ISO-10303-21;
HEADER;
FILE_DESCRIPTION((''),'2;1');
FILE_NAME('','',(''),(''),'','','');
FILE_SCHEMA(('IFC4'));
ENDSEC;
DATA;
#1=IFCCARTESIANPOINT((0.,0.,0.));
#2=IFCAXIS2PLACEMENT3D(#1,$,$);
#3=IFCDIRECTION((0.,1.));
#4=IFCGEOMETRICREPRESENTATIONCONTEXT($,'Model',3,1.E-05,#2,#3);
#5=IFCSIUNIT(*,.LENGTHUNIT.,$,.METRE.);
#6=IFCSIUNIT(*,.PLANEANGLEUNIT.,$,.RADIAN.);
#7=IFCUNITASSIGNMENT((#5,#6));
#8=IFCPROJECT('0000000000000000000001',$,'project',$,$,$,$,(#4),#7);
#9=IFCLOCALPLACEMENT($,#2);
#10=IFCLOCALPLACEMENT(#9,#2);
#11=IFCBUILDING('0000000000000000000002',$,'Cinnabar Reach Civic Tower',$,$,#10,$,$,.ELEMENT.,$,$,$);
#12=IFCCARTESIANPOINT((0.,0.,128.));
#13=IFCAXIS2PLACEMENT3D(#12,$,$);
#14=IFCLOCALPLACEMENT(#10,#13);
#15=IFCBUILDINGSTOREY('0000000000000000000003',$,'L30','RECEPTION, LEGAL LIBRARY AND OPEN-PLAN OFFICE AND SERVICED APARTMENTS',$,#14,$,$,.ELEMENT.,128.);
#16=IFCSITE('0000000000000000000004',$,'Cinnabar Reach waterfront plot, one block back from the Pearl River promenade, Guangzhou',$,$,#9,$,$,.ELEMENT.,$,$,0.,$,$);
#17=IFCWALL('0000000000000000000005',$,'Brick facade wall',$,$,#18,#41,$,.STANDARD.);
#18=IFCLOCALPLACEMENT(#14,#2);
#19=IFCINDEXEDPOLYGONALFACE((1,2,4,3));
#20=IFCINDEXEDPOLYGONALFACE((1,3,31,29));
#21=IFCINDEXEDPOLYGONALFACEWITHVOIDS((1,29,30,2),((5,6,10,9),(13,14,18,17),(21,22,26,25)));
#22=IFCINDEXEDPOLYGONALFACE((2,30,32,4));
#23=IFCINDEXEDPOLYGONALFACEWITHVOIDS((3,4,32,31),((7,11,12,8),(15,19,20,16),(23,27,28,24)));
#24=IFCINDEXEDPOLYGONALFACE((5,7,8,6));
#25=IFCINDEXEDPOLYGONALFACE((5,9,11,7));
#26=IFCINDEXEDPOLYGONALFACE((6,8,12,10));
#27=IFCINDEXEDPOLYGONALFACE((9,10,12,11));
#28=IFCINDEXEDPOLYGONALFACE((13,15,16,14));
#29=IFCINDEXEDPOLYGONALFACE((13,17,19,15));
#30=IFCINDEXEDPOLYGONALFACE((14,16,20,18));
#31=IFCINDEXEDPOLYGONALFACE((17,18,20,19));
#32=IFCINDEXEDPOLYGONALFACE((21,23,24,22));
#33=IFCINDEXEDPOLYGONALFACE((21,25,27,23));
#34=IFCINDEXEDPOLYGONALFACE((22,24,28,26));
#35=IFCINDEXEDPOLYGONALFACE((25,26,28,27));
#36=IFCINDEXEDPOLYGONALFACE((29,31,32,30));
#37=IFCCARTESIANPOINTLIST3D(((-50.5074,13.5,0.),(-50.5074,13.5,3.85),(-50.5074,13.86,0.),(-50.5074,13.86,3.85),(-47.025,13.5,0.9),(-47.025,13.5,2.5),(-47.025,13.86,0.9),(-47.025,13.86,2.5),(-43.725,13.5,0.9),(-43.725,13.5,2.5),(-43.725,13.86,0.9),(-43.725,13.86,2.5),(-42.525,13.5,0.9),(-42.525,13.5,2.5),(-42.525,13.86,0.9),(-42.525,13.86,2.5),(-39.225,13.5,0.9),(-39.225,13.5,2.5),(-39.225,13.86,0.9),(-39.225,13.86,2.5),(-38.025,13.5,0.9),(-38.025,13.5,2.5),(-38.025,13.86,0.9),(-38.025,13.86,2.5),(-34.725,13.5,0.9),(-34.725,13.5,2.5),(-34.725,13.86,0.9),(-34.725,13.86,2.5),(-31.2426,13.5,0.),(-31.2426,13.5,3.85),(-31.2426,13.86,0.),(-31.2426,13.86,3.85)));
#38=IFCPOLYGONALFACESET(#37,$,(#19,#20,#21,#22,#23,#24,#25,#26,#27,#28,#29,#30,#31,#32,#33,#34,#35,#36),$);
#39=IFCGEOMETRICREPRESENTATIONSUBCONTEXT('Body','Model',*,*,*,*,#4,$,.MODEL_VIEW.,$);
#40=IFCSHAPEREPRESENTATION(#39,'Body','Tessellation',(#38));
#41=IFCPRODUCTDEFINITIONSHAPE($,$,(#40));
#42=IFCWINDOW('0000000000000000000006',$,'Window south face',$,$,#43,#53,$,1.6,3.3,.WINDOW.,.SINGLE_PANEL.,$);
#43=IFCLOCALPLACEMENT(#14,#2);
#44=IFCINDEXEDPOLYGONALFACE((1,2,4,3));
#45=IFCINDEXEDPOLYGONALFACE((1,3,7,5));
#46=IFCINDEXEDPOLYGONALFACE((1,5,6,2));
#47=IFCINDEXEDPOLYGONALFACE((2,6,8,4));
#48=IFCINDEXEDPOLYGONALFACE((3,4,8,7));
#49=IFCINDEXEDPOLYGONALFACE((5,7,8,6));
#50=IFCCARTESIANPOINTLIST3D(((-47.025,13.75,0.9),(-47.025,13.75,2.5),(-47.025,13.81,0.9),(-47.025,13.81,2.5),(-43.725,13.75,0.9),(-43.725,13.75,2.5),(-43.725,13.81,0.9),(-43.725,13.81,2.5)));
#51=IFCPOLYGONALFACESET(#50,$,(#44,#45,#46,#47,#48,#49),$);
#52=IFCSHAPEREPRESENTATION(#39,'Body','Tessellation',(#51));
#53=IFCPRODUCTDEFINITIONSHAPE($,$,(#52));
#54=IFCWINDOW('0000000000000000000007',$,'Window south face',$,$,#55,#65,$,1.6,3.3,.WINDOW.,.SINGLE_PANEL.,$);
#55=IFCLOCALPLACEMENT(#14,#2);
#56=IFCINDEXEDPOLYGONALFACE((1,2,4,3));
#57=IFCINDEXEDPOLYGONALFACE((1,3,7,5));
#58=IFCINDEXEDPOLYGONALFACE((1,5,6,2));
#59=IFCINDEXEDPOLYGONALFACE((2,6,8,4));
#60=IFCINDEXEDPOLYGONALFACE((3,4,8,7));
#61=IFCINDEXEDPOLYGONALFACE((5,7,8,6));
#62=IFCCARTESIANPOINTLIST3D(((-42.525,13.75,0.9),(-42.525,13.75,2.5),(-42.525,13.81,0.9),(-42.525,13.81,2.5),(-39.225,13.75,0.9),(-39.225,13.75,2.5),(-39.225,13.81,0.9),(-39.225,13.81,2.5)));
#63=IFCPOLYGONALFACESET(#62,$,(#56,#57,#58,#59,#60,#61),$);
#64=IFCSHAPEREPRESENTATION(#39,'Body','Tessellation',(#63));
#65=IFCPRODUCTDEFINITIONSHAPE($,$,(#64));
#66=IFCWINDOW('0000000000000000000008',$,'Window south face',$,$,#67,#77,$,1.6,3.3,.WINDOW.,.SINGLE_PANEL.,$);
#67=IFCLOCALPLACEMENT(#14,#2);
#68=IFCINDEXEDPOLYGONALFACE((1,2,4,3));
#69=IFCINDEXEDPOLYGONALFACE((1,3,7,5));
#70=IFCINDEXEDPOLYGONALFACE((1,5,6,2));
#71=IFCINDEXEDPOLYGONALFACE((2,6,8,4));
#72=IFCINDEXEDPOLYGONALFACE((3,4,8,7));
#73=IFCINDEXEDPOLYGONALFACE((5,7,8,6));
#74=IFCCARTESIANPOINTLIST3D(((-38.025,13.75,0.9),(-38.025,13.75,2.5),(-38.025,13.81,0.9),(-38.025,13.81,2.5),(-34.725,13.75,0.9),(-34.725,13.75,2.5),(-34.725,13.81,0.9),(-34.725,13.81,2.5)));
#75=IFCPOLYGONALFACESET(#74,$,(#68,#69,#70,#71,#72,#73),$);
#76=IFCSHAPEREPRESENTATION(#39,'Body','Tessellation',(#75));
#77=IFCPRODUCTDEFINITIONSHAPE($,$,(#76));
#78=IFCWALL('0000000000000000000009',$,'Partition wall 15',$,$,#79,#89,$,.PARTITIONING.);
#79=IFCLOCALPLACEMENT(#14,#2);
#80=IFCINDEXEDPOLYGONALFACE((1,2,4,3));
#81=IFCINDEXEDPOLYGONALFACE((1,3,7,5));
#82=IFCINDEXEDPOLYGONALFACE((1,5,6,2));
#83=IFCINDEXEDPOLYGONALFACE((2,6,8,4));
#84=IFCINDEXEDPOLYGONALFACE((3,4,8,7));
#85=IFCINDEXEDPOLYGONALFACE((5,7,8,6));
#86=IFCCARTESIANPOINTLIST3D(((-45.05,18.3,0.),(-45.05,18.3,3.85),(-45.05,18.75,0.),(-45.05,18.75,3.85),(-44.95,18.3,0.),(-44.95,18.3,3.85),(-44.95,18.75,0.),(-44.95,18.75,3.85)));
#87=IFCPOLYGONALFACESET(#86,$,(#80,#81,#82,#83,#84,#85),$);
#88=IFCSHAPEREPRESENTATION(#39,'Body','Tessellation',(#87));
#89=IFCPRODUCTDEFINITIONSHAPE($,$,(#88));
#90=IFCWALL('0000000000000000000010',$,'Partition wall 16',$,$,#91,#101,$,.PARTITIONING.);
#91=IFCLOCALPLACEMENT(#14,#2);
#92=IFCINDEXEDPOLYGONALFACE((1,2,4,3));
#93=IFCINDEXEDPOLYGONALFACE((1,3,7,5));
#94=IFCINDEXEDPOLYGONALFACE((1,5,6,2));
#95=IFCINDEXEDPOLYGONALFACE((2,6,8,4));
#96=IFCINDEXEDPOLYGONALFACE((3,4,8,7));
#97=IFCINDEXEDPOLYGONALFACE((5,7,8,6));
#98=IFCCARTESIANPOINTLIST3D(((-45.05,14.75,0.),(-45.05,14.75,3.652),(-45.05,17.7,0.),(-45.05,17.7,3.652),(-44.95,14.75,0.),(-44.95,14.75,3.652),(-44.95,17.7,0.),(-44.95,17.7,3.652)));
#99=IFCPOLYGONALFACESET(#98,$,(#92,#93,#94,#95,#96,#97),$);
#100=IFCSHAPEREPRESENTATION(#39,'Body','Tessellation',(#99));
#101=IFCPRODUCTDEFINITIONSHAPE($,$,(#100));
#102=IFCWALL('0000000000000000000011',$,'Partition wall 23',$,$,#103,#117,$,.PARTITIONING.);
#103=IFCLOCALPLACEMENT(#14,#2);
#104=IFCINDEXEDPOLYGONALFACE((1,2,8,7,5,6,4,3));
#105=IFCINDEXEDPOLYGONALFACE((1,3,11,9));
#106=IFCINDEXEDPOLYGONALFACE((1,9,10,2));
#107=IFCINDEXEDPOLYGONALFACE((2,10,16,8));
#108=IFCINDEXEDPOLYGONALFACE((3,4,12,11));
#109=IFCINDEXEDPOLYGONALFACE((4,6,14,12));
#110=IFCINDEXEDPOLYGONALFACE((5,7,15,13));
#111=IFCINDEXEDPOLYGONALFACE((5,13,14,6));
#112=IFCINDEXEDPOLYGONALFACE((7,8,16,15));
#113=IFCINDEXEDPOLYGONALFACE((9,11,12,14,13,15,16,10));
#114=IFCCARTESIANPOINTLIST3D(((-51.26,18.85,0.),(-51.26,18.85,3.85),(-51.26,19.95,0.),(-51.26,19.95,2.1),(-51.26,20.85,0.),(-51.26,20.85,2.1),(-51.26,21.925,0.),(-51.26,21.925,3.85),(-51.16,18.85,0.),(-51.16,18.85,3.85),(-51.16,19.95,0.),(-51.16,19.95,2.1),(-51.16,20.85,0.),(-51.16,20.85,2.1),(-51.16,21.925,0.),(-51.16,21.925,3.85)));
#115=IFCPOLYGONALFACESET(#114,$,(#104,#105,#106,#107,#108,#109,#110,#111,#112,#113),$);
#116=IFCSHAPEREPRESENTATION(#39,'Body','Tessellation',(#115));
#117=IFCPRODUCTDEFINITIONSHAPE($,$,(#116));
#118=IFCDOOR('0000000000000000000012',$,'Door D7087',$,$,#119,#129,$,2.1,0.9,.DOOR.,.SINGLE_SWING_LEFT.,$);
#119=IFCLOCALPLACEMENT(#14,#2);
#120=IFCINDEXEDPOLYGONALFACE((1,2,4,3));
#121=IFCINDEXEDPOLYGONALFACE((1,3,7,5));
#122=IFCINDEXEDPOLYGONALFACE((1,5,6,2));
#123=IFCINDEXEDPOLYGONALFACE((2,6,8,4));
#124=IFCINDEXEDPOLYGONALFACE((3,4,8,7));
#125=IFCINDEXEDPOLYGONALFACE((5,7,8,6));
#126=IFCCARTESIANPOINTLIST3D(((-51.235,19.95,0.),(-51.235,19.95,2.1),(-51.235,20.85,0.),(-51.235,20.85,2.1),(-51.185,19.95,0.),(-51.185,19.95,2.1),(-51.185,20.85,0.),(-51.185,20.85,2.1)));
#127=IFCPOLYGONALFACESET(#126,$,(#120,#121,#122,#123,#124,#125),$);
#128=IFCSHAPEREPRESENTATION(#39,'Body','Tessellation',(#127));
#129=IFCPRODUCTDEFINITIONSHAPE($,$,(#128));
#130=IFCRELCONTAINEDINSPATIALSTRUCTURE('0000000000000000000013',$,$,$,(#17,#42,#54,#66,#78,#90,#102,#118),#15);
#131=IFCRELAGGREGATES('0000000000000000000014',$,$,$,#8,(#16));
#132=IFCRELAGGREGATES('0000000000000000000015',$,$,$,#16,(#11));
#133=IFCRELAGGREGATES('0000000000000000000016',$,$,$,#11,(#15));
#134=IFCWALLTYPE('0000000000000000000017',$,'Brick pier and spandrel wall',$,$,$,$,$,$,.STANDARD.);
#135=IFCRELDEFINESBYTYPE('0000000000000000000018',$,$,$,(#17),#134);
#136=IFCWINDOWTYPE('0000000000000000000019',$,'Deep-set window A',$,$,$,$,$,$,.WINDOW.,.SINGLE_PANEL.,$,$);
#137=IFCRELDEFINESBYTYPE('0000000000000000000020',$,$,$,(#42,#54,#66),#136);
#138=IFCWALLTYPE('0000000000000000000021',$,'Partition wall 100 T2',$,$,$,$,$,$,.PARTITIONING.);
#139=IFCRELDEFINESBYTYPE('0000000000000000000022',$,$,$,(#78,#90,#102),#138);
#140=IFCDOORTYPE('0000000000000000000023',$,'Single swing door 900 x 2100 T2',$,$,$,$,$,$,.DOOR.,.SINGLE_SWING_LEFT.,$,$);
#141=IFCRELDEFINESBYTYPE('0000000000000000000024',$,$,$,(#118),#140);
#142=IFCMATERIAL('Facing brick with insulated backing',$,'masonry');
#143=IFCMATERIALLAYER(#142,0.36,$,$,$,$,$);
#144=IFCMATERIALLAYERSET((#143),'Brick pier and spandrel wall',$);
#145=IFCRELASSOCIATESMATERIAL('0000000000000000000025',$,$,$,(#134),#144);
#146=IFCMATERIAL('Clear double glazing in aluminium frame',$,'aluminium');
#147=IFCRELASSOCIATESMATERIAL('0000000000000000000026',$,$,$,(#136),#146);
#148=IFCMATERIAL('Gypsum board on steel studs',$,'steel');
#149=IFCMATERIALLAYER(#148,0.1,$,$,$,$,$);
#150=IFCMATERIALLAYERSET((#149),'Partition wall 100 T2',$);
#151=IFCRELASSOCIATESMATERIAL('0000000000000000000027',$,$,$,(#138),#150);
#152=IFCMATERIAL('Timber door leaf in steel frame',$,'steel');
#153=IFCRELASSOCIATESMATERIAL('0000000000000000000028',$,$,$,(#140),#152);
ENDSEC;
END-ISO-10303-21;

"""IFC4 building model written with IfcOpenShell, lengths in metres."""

from ifc_helpers import new_model, si_unit, direction, frame, frame_2d, origin, place, context, subcontext, project, spatial, rectangle, extrude, material, layer, layer_set, type_object, element, fill, save


model = new_model("IFC4")

# Units and contexts
model_context = context("Model", 3, precision=1e-05, world=origin(), true_north=direction((0.0, 1.0)))
body_context = subcontext(model_context, "Body", "Model", "MODEL_VIEW")
ifc_project = project(units=[si_unit("LENGTHUNIT", "METRE"), si_unit("PLANEANGLEUNIT", "RADIAN")], contexts=[model_context])

# Site, building, storey
site_placement = place(None, origin())
site = spatial("IfcSite", under=ifc_project, at=site_placement, Name="Cinnabar Reach waterfront plot, one block back from the Pearl River promenade, Guangzhou", CompositionType="ELEMENT", RefElevation=0.0)
building_placement = place(site_placement, origin())
building = spatial("IfcBuilding", under=site, at=building_placement, Name="Cinnabar Reach Civic Tower", CompositionType="ELEMENT")
storey_placement = place(building_placement, frame((0.0, 0.0, 128.0)))
storey = spatial("IfcBuildingStorey", under=building, at=storey_placement, Name="L30", Description="RECEPTION, LEGAL LIBRARY AND OPEN-PLAN OFFICE AND SERVICED APARTMENTS", CompositionType="ELEMENT", Elevation=128.0)

# Shared definitions
ifc_material_1 = material(Name="Facing brick with insulated backing", Category="masonry")

# Wall, openings, windows
ifc_layer_1 = layer(ifc_material_1, 0.36)
ifc_layer_set_1 = layer_set([ifc_layer_1], Name="Brick pier and spandrel wall")
wall_type_1 = type_object("IfcWallType", Name="Brick pier and spandrel wall", PredefinedType="STANDARD", material=ifc_layer_set_1)
wall_1_placement = place(storey_placement, frame((-50.5074, 13.68, 0.0), z_axis=(0.0, 0.0, 1.0), x_axis=(1.0, 0.0, 0.0)))
wall_1 = element("IfcWall", 1, at=wall_1_placement, inside=storey, type_object=wall_type_1, Name="Brick facade wall", PredefinedType="STANDARD", context=body_context, shape_type="SweptSolid", body=[
    extrude(rectangle(XDim=19.2648, YDim=0.36, at=frame_2d((9.6324, 0.0))), origin(), (0.0, 0.0, 1.0), 3.85),
])
opening_1_placement = place(wall_1_placement, frame((3.4824, 0.0, 0.9)))
opening_1 = element("IfcOpeningElement", 2, at=opening_1_placement, cuts=wall_1, PredefinedType="OPENING", context=body_context, shape_type="SweptSolid", body=[
    extrude(rectangle(XDim=3.3, YDim=1.6, at=frame_2d((1.65, 0.8))), frame((0.0, 0.19, 0.0), z_axis=(0.0, -1.0, 0.0), x_axis=(1.0, 0.0, 0.0)), (0.0, 0.0, 1.0), 0.38),
])
opening_2_placement = place(wall_1_placement, frame((7.9824, 0.0, 0.9)))
opening_2 = element("IfcOpeningElement", 3, at=opening_2_placement, cuts=wall_1, PredefinedType="OPENING", context=body_context, shape_type="SweptSolid", body=[
    extrude(rectangle(XDim=3.3, YDim=1.6, at=frame_2d((1.65, 0.8))), frame((0.0, 0.19, 0.0), z_axis=(0.0, -1.0, 0.0), x_axis=(1.0, 0.0, 0.0)), (0.0, 0.0, 1.0), 0.38),
])
opening_3_placement = place(wall_1_placement, frame((12.4824, 0.0, 0.9)))
opening_3 = element("IfcOpeningElement", 4, at=opening_3_placement, cuts=wall_1, PredefinedType="OPENING", context=body_context, shape_type="SweptSolid", body=[
    extrude(rectangle(XDim=3.3, YDim=1.6, at=frame_2d((1.65, 0.8))), frame((0.0, 0.19, 0.0), z_axis=(0.0, -1.0, 0.0), x_axis=(1.0, 0.0, 0.0)), (0.0, 0.0, 1.0), 0.38),
])
ifc_material_2 = material(Name="Clear double glazing in aluminium frame", Category="aluminium")
window_type = type_object("IfcWindowType", Name="Deep-set window A", PartitioningType="SINGLE_PANEL", PredefinedType="WINDOW", material=ifc_material_2)
window_1_placement = place(opening_1_placement, origin())
window_1 = element("IfcWindow", 5, at=window_1_placement, inside=storey, type_object=window_type, Name="Window south face", OverallHeight=1.6, OverallWidth=3.3, PartitioningType="SINGLE_PANEL", PredefinedType="WINDOW", context=body_context, shape_type="SweptSolid", body=[
    extrude(rectangle(XDim=3.3, YDim=1.6, at=frame_2d((1.65, 0.8))), frame((0.0, 0.13, 0.0), z_axis=(0.0, -1.0, 0.0), x_axis=(1.0, 0.0, 0.0)), (0.0, 0.0, 1.0), 0.06),
])
fill(opening_1, window_1)
window_2_placement = place(opening_2_placement, origin())
window_2 = element("IfcWindow", 6, at=window_2_placement, inside=storey, type_object=window_type, Name="Window south face", OverallHeight=1.6, OverallWidth=3.3, PartitioningType="SINGLE_PANEL", PredefinedType="WINDOW", context=body_context, shape_type="SweptSolid", body=[
    extrude(rectangle(XDim=3.3, YDim=1.6, at=frame_2d((1.65, 0.8))), frame((0.0, 0.13, 0.0), z_axis=(0.0, -1.0, 0.0), x_axis=(1.0, 0.0, 0.0)), (0.0, 0.0, 1.0), 0.06),
])
fill(opening_2, window_2)
window_3_placement = place(opening_3_placement, origin())
window_3 = element("IfcWindow", 7, at=window_3_placement, inside=storey, type_object=window_type, Name="Window south face", OverallHeight=1.6, OverallWidth=3.3, PartitioningType="SINGLE_PANEL", PredefinedType="WINDOW", context=body_context, shape_type="SweptSolid", body=[
    extrude(rectangle(XDim=3.3, YDim=1.6, at=frame_2d((1.65, 0.8))), frame((0.0, 0.13, 0.0), z_axis=(0.0, -1.0, 0.0), x_axis=(1.0, 0.0, 0.0)), (0.0, 0.0, 1.0), 0.06),
])
fill(opening_3, window_3)

# Walls
ifc_material_3 = material(Name="Gypsum board on steel studs", Category="steel")
ifc_layer_2 = layer(ifc_material_3, 0.1)
ifc_layer_set_2 = layer_set([ifc_layer_2], Name="Partition wall 100 T2")
wall_type_2 = type_object("IfcWallType", Name="Partition wall 100 T2", PredefinedType="PARTITIONING", material=ifc_layer_set_2)
wall_2_placement = place(storey_placement, frame((-45.0, 18.3, 0.0), z_axis=(0.0, 0.0, 1.0), x_axis=(0.0, 1.0, 0.0)))
element("IfcWall", 8, at=wall_2_placement, inside=storey, type_object=wall_type_2, Name="Partition wall 15", PredefinedType="PARTITIONING", context=body_context, shape_type="SweptSolid", body=[
    extrude(rectangle(XDim=0.45, YDim=0.1, at=frame_2d((0.225, 0.0))), origin(), (0.0, 0.0, 1.0), 3.85),
])
wall_3_placement = place(storey_placement, frame((-45.0, 14.75, 0.0), z_axis=(0.0, 0.0, 1.0), x_axis=(0.0, 1.0, 0.0)))
element("IfcWall", 9, at=wall_3_placement, inside=storey, type_object=wall_type_2, Name="Partition wall 16", PredefinedType="PARTITIONING", context=body_context, shape_type="SweptSolid", body=[
    extrude(rectangle(XDim=2.95, YDim=0.1, at=frame_2d((1.475, 0.0))), origin(), (0.0, 0.0, 1.0), 3.652),
])

# Wall, opening, door
wall_4_placement = place(storey_placement, frame((-51.21, 18.85, 0.0), z_axis=(0.0, 0.0, 1.0), x_axis=(0.0, 1.0, 0.0)))
wall_4 = element("IfcWall", 10, at=wall_4_placement, inside=storey, type_object=wall_type_2, Name="Partition wall 23", PredefinedType="PARTITIONING", context=body_context, shape_type="SweptSolid", body=[
    extrude(rectangle(XDim=3.075, YDim=0.1, at=frame_2d((1.5375, 0.0))), origin(), (0.0, 0.0, 1.0), 3.85),
])
opening_4_placement = place(wall_4_placement, frame((1.1, 0.0, 0.0)))
opening_4 = element("IfcOpeningElement", 11, at=opening_4_placement, cuts=wall_4, PredefinedType="OPENING", context=body_context, shape_type="SweptSolid", body=[
    extrude(rectangle(XDim=0.9, YDim=2.1, at=frame_2d((0.45, 1.05))), frame((0.0, 0.06, 0.0), z_axis=(0.0, -1.0, 0.0), x_axis=(1.0, 0.0, 0.0)), (0.0, 0.0, 1.0), 0.12),
])
ifc_material_4 = material(Name="Timber door leaf in steel frame", Category="steel")
door_type = type_object("IfcDoorType", Name="Single swing door 900 x 2100 T2", OperationType="SINGLE_SWING_LEFT", PredefinedType="DOOR", material=ifc_material_4)
door_placement = place(opening_4_placement, origin())
door = element("IfcDoor", 12, at=door_placement, inside=storey, type_object=door_type, Name="Door D7087", OperationType="SINGLE_SWING_LEFT", OverallHeight=2.1, OverallWidth=0.9, PredefinedType="DOOR", context=body_context, shape_type="SweptSolid", body=[
    extrude(rectangle(XDim=0.9, YDim=2.1, at=frame_2d((0.45, 1.05))), frame((0.0, 0.025, 0.0), z_axis=(0.0, -1.0, 0.0), x_axis=(1.0, 0.0, 0.0)), (0.0, 0.0, 1.0), 0.05),
])
fill(opening_4, door)

save(model, "model.ifc")
